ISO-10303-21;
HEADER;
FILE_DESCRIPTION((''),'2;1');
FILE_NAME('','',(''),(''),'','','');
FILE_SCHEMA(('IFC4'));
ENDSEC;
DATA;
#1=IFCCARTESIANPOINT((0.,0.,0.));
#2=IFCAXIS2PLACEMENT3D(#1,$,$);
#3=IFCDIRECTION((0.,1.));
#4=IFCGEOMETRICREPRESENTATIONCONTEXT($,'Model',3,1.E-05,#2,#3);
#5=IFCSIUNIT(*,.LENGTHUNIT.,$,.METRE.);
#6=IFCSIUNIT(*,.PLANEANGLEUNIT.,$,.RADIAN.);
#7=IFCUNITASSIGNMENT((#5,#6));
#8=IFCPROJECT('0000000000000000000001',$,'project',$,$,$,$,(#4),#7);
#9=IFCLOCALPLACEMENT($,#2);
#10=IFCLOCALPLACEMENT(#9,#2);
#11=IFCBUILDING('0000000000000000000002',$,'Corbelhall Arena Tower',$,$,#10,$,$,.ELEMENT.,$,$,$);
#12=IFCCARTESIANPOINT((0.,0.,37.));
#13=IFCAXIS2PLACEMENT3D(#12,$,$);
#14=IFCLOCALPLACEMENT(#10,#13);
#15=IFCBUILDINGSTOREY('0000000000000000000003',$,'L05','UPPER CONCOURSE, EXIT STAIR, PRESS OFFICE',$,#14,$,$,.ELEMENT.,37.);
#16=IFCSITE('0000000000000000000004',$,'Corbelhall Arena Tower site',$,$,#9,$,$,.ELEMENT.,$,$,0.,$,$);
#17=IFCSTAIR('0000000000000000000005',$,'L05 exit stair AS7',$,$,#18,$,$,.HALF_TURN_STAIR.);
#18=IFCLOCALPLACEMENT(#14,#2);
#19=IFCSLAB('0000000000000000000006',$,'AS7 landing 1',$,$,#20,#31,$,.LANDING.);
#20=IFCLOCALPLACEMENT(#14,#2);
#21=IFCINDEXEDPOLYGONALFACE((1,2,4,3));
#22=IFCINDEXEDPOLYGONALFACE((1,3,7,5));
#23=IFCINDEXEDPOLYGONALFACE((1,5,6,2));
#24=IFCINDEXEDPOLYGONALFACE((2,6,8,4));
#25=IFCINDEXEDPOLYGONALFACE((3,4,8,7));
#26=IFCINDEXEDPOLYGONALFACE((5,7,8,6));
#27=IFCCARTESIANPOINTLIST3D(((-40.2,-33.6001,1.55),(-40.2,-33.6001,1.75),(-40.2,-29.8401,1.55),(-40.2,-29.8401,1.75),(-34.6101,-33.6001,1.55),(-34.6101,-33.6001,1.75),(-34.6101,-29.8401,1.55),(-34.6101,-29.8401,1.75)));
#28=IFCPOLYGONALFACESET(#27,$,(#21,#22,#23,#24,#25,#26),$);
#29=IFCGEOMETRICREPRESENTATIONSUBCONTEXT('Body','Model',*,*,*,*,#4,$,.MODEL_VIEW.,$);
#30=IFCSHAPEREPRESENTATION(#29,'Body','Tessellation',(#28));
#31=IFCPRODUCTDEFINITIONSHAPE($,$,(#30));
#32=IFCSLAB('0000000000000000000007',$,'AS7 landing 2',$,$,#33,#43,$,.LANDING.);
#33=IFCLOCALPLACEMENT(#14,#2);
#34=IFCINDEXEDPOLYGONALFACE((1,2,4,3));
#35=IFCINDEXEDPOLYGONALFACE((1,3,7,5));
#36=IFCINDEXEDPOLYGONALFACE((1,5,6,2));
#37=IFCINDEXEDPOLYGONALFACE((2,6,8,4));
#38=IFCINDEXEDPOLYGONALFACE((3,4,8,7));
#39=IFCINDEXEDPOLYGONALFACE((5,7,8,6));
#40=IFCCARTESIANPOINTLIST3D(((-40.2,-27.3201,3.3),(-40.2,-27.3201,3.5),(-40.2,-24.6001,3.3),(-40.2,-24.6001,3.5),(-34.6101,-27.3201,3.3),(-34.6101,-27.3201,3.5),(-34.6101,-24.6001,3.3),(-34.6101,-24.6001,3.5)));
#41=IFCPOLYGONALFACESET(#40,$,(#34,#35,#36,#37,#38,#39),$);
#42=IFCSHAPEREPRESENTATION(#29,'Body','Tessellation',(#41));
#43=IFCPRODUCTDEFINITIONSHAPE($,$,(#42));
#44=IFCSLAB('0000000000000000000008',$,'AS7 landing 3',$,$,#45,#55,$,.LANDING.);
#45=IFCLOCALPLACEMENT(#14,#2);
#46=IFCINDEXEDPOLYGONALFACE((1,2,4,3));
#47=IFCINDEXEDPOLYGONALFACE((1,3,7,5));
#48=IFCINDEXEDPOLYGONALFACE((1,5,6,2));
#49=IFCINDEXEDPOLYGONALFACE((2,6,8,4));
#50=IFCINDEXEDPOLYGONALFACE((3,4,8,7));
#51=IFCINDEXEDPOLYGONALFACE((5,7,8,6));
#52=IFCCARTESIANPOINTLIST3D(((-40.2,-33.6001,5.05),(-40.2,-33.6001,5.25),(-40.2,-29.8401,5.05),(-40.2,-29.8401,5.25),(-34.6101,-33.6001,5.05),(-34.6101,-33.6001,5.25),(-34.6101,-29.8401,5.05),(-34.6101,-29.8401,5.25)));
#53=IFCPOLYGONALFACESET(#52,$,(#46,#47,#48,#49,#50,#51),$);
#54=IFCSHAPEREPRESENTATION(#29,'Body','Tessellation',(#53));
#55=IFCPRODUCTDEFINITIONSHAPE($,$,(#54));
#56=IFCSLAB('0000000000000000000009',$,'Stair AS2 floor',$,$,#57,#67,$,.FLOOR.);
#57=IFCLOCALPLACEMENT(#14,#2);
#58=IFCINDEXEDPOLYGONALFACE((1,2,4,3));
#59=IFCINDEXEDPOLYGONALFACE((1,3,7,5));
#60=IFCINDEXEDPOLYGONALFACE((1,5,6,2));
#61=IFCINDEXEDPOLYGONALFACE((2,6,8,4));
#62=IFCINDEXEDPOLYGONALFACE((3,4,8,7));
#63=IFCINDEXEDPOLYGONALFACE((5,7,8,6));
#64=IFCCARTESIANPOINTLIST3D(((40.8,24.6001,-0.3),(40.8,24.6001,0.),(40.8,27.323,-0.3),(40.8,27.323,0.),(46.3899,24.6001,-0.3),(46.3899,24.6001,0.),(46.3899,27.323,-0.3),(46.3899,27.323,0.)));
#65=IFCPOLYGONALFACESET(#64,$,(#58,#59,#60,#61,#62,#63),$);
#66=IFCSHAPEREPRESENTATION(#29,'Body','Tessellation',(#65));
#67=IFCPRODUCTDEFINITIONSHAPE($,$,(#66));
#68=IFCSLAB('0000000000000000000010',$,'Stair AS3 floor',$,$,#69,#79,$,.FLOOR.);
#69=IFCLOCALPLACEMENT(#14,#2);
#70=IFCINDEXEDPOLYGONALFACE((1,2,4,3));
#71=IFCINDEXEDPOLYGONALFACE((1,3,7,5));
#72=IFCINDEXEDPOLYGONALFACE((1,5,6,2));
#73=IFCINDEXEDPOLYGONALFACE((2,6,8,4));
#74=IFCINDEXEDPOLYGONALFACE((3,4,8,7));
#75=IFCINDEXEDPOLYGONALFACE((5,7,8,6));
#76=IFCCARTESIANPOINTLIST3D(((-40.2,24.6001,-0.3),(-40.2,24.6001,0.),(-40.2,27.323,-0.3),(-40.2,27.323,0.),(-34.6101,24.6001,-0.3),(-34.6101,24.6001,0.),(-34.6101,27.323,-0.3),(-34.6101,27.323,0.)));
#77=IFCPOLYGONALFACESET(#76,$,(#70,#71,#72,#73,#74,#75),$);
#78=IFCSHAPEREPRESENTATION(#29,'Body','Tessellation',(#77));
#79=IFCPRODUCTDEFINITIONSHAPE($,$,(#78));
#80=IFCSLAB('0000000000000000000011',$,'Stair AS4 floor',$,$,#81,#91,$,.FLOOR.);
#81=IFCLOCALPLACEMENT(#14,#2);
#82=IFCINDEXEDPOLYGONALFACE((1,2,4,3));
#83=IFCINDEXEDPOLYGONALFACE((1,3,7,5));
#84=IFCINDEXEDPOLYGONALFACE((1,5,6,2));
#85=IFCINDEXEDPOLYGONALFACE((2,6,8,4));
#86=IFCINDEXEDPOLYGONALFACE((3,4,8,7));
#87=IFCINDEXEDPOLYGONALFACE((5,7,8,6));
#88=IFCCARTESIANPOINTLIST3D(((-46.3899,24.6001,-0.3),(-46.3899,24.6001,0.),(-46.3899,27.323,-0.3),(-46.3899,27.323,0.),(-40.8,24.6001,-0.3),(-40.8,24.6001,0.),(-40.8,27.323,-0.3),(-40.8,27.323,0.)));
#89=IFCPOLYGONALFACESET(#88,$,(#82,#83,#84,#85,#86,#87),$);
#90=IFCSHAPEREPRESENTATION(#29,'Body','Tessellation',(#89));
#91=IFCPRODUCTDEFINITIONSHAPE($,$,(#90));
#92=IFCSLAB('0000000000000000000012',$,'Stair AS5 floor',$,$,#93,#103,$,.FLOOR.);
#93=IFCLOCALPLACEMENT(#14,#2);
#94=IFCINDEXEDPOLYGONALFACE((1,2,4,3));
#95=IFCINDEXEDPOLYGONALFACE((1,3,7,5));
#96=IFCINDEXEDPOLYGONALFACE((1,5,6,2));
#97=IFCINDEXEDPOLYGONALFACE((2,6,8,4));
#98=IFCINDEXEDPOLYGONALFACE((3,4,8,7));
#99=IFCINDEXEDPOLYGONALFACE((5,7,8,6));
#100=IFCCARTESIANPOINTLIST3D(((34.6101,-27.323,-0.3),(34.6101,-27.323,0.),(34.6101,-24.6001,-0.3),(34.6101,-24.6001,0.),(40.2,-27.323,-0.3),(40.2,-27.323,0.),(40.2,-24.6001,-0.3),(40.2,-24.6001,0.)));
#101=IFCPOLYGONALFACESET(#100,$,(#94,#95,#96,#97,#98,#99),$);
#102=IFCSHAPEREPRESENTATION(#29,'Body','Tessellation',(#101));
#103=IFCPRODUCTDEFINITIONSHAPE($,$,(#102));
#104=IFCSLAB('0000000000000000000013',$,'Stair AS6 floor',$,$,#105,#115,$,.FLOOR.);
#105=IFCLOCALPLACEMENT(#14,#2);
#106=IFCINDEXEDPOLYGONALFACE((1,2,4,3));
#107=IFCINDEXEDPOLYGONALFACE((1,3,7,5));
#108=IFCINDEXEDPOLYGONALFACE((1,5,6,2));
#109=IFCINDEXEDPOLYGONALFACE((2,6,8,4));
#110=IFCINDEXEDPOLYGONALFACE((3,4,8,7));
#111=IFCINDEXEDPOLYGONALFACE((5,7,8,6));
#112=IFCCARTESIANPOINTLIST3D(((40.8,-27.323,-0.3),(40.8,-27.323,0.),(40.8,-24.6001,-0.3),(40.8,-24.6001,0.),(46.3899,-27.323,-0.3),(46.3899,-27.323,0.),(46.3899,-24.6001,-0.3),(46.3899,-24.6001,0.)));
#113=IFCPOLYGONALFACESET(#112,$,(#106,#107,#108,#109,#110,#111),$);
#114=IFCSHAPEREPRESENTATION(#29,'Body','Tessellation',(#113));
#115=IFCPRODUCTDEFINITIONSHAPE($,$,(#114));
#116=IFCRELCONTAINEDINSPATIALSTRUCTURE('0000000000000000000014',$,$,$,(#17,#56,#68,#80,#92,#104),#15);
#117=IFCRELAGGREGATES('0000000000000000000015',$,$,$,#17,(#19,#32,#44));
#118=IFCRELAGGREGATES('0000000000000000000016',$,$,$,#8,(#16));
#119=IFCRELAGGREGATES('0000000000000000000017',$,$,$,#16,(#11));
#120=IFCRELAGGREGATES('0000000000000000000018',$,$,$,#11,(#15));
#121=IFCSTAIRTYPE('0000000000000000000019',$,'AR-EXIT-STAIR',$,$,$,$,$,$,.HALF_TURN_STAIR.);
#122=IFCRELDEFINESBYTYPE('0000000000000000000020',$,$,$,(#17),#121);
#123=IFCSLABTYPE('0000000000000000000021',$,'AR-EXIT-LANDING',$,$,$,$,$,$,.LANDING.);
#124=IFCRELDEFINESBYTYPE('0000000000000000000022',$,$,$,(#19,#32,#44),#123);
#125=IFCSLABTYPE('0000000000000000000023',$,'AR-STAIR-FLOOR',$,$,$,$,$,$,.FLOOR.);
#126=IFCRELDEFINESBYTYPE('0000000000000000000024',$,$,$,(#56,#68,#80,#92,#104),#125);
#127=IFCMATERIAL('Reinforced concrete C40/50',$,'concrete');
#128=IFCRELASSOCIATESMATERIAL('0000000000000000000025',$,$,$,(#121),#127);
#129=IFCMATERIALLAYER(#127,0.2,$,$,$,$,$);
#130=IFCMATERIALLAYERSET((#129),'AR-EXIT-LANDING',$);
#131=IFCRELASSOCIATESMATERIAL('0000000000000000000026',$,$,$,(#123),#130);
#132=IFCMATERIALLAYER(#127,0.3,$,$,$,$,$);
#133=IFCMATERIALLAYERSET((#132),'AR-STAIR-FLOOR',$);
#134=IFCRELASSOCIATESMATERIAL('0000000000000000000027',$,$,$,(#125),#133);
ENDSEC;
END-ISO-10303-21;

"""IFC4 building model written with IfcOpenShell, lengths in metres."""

from ifc_helpers import new_model, si_unit, direction, frame, origin, place, context, subcontext, project, spatial, polyline, outline, extrude, material, layer, layer_set, type_object, element, aggregate, save


model = new_model("IFC4")

# Units and contexts
model_context = context("Model", 3, precision=1e-05, world=origin(), true_north=direction((0.0, 1.0)))
body_context = subcontext(model_context, "Body", "Model", "MODEL_VIEW")
ifc_project = project(units=[si_unit("LENGTHUNIT", "METRE"), si_unit("PLANEANGLEUNIT", "RADIAN")], contexts=[model_context])

# Site, building, storey
site_placement = place(None, origin())
site = spatial("IfcSite", under=ifc_project, at=site_placement, Name="Corbelhall Arena Tower site", CompositionType="ELEMENT", RefElevation=0.0)
building_placement = place(site_placement, origin())
building = spatial("IfcBuilding", under=site, at=building_placement, Name="Corbelhall Arena Tower", CompositionType="ELEMENT")
storey_placement = place(building_placement, frame((0.0, 0.0, 37.0)))
storey = spatial("IfcBuildingStorey", under=building, at=storey_placement, Name="L05", Description="UPPER CONCOURSE, EXIT STAIR, PRESS OFFICE", CompositionType="ELEMENT", Elevation=37.0)

# Stair, slabs
ifc_material = material(Name="Reinforced concrete C40/50", Category="concrete")
stair_type = type_object("IfcStairType", Name="AR-EXIT-STAIR", PredefinedType="HALF_TURN_STAIR", material=ifc_material)
ifc_layer_1 = layer(ifc_material, 0.2)
ifc_layer_set_1 = layer_set([ifc_layer_1], Name="AR-EXIT-LANDING")
slab_type_1 = type_object("IfcSlabType", Name="AR-EXIT-LANDING", PredefinedType="LANDING", material=ifc_layer_set_1)
stair_1_placement = place(storey_placement, origin())
stair_1 = element("IfcStair", 1, at=stair_1_placement, inside=storey, type_object=stair_type, Name="L05 exit stair AS7", PredefinedType="HALF_TURN_STAIR")
slab_1_placement = place(storey_placement, frame((0.0, 0.0, 1.55)))
slab_1 = element("IfcSlab", 2, at=slab_1_placement, type_object=slab_type_1, Name="AS7 landing 1", PredefinedType="LANDING", context=body_context, shape_type="SweptSolid", body=[
    extrude(outline(polyline([(-40.2, -29.8401), (-40.2, -33.6001), (-34.6101, -33.6001), (-34.6101, -29.8401), (-40.2, -29.8401)])), origin(), (0.0, 0.0, 1.0), 0.2),
])
slab_2_placement = place(storey_placement, frame((0.0, 0.0, 3.3)))
slab_2 = element("IfcSlab", 3, at=slab_2_placement, type_object=slab_type_1, Name="AS7 landing 2", PredefinedType="LANDING", context=body_context, shape_type="SweptSolid", body=[
    extrude(outline(polyline([(-40.2, -24.6001), (-40.2, -27.3201), (-34.6101, -27.3201), (-34.6101, -24.6001), (-40.2, -24.6001)])), origin(), (0.0, 0.0, 1.0), 0.2),
])
slab_3_placement = place(storey_placement, frame((0.0, 0.0, 5.05)))
slab_3 = element("IfcSlab", 4, at=slab_3_placement, type_object=slab_type_1, Name="AS7 landing 3", PredefinedType="LANDING", context=body_context, shape_type="SweptSolid", body=[
    extrude(outline(polyline([(-40.2, -29.8401), (-40.2, -33.6001), (-34.6101, -33.6001), (-34.6101, -29.8401), (-40.2, -29.8401)])), origin(), (0.0, 0.0, 1.0), 0.2),
])
aggregate(stair_1, [slab_1, slab_2, slab_3])

# Slabs
ifc_layer_2 = layer(ifc_material, 0.3)
ifc_layer_set_2 = layer_set([ifc_layer_2], Name="AR-STAIR-FLOOR")
slab_type_2 = type_object("IfcSlabType", Name="AR-STAIR-FLOOR", PredefinedType="FLOOR", material=ifc_layer_set_2)
slab_4_placement = place(storey_placement, frame((0.0, 0.0, -0.3)))
element("IfcSlab", 5, at=slab_4_placement, inside=storey, type_object=slab_type_2, Name="Stair AS2 floor", PredefinedType="FLOOR", context=body_context, shape_type="SweptSolid", body=[
    extrude(outline(polyline([(46.3899, 24.6001), (40.8, 24.6001), (40.8, 27.323), (46.3899, 27.323), (46.3899, 24.6001)])), origin(), (0.0, 0.0, 1.0), 0.3),
])
slab_5_placement = place(storey_placement, frame((0.0, 0.0, -0.3)))
element("IfcSlab", 6, at=slab_5_placement, inside=storey, type_object=slab_type_2, Name="Stair AS3 floor", PredefinedType="FLOOR", context=body_context, shape_type="SweptSolid", body=[
    extrude(outline(polyline([(-34.6101, 24.6001), (-40.2, 24.6001), (-40.2, 27.323), (-34.6101, 27.323), (-34.6101, 24.6001)])), origin(), (0.0, 0.0, 1.0), 0.3),
])
slab_6_placement = place(storey_placement, frame((0.0, 0.0, -0.3)))
element("IfcSlab", 7, at=slab_6_placement, inside=storey, type_object=slab_type_2, Name="Stair AS4 floor", PredefinedType="FLOOR", context=body_context, shape_type="SweptSolid", body=[
    extrude(outline(polyline([(-40.8, 24.6001), (-46.3899, 24.6001), (-46.3899, 27.323), (-40.8, 27.323), (-40.8, 24.6001)])), origin(), (0.0, 0.0, 1.0), 0.3),
])
slab_7_placement = place(storey_placement, frame((0.0, 0.0, -0.3)))
element("IfcSlab", 8, at=slab_7_placement, inside=storey, type_object=slab_type_2, Name="Stair AS5 floor", PredefinedType="FLOOR", context=body_context, shape_type="SweptSolid", body=[
    extrude(outline(polyline([(34.6101, -24.6001), (40.2, -24.6001), (40.2, -27.323), (34.6101, -27.323), (34.6101, -24.6001)])), origin(), (0.0, 0.0, 1.0), 0.3),
])
slab_8_placement = place(storey_placement, frame((0.0, 0.0, -0.3)))
element("IfcSlab", 9, at=slab_8_placement, inside=storey, type_object=slab_type_2, Name="Stair AS6 floor", PredefinedType="FLOOR", context=body_context, shape_type="SweptSolid", body=[
    extrude(outline(polyline([(40.8, -24.6001), (46.3899, -24.6001), (46.3899, -27.323), (40.8, -27.323), (40.8, -24.6001)])), origin(), (0.0, 0.0, 1.0), 0.3),
])

save(model, "model.ifc")
